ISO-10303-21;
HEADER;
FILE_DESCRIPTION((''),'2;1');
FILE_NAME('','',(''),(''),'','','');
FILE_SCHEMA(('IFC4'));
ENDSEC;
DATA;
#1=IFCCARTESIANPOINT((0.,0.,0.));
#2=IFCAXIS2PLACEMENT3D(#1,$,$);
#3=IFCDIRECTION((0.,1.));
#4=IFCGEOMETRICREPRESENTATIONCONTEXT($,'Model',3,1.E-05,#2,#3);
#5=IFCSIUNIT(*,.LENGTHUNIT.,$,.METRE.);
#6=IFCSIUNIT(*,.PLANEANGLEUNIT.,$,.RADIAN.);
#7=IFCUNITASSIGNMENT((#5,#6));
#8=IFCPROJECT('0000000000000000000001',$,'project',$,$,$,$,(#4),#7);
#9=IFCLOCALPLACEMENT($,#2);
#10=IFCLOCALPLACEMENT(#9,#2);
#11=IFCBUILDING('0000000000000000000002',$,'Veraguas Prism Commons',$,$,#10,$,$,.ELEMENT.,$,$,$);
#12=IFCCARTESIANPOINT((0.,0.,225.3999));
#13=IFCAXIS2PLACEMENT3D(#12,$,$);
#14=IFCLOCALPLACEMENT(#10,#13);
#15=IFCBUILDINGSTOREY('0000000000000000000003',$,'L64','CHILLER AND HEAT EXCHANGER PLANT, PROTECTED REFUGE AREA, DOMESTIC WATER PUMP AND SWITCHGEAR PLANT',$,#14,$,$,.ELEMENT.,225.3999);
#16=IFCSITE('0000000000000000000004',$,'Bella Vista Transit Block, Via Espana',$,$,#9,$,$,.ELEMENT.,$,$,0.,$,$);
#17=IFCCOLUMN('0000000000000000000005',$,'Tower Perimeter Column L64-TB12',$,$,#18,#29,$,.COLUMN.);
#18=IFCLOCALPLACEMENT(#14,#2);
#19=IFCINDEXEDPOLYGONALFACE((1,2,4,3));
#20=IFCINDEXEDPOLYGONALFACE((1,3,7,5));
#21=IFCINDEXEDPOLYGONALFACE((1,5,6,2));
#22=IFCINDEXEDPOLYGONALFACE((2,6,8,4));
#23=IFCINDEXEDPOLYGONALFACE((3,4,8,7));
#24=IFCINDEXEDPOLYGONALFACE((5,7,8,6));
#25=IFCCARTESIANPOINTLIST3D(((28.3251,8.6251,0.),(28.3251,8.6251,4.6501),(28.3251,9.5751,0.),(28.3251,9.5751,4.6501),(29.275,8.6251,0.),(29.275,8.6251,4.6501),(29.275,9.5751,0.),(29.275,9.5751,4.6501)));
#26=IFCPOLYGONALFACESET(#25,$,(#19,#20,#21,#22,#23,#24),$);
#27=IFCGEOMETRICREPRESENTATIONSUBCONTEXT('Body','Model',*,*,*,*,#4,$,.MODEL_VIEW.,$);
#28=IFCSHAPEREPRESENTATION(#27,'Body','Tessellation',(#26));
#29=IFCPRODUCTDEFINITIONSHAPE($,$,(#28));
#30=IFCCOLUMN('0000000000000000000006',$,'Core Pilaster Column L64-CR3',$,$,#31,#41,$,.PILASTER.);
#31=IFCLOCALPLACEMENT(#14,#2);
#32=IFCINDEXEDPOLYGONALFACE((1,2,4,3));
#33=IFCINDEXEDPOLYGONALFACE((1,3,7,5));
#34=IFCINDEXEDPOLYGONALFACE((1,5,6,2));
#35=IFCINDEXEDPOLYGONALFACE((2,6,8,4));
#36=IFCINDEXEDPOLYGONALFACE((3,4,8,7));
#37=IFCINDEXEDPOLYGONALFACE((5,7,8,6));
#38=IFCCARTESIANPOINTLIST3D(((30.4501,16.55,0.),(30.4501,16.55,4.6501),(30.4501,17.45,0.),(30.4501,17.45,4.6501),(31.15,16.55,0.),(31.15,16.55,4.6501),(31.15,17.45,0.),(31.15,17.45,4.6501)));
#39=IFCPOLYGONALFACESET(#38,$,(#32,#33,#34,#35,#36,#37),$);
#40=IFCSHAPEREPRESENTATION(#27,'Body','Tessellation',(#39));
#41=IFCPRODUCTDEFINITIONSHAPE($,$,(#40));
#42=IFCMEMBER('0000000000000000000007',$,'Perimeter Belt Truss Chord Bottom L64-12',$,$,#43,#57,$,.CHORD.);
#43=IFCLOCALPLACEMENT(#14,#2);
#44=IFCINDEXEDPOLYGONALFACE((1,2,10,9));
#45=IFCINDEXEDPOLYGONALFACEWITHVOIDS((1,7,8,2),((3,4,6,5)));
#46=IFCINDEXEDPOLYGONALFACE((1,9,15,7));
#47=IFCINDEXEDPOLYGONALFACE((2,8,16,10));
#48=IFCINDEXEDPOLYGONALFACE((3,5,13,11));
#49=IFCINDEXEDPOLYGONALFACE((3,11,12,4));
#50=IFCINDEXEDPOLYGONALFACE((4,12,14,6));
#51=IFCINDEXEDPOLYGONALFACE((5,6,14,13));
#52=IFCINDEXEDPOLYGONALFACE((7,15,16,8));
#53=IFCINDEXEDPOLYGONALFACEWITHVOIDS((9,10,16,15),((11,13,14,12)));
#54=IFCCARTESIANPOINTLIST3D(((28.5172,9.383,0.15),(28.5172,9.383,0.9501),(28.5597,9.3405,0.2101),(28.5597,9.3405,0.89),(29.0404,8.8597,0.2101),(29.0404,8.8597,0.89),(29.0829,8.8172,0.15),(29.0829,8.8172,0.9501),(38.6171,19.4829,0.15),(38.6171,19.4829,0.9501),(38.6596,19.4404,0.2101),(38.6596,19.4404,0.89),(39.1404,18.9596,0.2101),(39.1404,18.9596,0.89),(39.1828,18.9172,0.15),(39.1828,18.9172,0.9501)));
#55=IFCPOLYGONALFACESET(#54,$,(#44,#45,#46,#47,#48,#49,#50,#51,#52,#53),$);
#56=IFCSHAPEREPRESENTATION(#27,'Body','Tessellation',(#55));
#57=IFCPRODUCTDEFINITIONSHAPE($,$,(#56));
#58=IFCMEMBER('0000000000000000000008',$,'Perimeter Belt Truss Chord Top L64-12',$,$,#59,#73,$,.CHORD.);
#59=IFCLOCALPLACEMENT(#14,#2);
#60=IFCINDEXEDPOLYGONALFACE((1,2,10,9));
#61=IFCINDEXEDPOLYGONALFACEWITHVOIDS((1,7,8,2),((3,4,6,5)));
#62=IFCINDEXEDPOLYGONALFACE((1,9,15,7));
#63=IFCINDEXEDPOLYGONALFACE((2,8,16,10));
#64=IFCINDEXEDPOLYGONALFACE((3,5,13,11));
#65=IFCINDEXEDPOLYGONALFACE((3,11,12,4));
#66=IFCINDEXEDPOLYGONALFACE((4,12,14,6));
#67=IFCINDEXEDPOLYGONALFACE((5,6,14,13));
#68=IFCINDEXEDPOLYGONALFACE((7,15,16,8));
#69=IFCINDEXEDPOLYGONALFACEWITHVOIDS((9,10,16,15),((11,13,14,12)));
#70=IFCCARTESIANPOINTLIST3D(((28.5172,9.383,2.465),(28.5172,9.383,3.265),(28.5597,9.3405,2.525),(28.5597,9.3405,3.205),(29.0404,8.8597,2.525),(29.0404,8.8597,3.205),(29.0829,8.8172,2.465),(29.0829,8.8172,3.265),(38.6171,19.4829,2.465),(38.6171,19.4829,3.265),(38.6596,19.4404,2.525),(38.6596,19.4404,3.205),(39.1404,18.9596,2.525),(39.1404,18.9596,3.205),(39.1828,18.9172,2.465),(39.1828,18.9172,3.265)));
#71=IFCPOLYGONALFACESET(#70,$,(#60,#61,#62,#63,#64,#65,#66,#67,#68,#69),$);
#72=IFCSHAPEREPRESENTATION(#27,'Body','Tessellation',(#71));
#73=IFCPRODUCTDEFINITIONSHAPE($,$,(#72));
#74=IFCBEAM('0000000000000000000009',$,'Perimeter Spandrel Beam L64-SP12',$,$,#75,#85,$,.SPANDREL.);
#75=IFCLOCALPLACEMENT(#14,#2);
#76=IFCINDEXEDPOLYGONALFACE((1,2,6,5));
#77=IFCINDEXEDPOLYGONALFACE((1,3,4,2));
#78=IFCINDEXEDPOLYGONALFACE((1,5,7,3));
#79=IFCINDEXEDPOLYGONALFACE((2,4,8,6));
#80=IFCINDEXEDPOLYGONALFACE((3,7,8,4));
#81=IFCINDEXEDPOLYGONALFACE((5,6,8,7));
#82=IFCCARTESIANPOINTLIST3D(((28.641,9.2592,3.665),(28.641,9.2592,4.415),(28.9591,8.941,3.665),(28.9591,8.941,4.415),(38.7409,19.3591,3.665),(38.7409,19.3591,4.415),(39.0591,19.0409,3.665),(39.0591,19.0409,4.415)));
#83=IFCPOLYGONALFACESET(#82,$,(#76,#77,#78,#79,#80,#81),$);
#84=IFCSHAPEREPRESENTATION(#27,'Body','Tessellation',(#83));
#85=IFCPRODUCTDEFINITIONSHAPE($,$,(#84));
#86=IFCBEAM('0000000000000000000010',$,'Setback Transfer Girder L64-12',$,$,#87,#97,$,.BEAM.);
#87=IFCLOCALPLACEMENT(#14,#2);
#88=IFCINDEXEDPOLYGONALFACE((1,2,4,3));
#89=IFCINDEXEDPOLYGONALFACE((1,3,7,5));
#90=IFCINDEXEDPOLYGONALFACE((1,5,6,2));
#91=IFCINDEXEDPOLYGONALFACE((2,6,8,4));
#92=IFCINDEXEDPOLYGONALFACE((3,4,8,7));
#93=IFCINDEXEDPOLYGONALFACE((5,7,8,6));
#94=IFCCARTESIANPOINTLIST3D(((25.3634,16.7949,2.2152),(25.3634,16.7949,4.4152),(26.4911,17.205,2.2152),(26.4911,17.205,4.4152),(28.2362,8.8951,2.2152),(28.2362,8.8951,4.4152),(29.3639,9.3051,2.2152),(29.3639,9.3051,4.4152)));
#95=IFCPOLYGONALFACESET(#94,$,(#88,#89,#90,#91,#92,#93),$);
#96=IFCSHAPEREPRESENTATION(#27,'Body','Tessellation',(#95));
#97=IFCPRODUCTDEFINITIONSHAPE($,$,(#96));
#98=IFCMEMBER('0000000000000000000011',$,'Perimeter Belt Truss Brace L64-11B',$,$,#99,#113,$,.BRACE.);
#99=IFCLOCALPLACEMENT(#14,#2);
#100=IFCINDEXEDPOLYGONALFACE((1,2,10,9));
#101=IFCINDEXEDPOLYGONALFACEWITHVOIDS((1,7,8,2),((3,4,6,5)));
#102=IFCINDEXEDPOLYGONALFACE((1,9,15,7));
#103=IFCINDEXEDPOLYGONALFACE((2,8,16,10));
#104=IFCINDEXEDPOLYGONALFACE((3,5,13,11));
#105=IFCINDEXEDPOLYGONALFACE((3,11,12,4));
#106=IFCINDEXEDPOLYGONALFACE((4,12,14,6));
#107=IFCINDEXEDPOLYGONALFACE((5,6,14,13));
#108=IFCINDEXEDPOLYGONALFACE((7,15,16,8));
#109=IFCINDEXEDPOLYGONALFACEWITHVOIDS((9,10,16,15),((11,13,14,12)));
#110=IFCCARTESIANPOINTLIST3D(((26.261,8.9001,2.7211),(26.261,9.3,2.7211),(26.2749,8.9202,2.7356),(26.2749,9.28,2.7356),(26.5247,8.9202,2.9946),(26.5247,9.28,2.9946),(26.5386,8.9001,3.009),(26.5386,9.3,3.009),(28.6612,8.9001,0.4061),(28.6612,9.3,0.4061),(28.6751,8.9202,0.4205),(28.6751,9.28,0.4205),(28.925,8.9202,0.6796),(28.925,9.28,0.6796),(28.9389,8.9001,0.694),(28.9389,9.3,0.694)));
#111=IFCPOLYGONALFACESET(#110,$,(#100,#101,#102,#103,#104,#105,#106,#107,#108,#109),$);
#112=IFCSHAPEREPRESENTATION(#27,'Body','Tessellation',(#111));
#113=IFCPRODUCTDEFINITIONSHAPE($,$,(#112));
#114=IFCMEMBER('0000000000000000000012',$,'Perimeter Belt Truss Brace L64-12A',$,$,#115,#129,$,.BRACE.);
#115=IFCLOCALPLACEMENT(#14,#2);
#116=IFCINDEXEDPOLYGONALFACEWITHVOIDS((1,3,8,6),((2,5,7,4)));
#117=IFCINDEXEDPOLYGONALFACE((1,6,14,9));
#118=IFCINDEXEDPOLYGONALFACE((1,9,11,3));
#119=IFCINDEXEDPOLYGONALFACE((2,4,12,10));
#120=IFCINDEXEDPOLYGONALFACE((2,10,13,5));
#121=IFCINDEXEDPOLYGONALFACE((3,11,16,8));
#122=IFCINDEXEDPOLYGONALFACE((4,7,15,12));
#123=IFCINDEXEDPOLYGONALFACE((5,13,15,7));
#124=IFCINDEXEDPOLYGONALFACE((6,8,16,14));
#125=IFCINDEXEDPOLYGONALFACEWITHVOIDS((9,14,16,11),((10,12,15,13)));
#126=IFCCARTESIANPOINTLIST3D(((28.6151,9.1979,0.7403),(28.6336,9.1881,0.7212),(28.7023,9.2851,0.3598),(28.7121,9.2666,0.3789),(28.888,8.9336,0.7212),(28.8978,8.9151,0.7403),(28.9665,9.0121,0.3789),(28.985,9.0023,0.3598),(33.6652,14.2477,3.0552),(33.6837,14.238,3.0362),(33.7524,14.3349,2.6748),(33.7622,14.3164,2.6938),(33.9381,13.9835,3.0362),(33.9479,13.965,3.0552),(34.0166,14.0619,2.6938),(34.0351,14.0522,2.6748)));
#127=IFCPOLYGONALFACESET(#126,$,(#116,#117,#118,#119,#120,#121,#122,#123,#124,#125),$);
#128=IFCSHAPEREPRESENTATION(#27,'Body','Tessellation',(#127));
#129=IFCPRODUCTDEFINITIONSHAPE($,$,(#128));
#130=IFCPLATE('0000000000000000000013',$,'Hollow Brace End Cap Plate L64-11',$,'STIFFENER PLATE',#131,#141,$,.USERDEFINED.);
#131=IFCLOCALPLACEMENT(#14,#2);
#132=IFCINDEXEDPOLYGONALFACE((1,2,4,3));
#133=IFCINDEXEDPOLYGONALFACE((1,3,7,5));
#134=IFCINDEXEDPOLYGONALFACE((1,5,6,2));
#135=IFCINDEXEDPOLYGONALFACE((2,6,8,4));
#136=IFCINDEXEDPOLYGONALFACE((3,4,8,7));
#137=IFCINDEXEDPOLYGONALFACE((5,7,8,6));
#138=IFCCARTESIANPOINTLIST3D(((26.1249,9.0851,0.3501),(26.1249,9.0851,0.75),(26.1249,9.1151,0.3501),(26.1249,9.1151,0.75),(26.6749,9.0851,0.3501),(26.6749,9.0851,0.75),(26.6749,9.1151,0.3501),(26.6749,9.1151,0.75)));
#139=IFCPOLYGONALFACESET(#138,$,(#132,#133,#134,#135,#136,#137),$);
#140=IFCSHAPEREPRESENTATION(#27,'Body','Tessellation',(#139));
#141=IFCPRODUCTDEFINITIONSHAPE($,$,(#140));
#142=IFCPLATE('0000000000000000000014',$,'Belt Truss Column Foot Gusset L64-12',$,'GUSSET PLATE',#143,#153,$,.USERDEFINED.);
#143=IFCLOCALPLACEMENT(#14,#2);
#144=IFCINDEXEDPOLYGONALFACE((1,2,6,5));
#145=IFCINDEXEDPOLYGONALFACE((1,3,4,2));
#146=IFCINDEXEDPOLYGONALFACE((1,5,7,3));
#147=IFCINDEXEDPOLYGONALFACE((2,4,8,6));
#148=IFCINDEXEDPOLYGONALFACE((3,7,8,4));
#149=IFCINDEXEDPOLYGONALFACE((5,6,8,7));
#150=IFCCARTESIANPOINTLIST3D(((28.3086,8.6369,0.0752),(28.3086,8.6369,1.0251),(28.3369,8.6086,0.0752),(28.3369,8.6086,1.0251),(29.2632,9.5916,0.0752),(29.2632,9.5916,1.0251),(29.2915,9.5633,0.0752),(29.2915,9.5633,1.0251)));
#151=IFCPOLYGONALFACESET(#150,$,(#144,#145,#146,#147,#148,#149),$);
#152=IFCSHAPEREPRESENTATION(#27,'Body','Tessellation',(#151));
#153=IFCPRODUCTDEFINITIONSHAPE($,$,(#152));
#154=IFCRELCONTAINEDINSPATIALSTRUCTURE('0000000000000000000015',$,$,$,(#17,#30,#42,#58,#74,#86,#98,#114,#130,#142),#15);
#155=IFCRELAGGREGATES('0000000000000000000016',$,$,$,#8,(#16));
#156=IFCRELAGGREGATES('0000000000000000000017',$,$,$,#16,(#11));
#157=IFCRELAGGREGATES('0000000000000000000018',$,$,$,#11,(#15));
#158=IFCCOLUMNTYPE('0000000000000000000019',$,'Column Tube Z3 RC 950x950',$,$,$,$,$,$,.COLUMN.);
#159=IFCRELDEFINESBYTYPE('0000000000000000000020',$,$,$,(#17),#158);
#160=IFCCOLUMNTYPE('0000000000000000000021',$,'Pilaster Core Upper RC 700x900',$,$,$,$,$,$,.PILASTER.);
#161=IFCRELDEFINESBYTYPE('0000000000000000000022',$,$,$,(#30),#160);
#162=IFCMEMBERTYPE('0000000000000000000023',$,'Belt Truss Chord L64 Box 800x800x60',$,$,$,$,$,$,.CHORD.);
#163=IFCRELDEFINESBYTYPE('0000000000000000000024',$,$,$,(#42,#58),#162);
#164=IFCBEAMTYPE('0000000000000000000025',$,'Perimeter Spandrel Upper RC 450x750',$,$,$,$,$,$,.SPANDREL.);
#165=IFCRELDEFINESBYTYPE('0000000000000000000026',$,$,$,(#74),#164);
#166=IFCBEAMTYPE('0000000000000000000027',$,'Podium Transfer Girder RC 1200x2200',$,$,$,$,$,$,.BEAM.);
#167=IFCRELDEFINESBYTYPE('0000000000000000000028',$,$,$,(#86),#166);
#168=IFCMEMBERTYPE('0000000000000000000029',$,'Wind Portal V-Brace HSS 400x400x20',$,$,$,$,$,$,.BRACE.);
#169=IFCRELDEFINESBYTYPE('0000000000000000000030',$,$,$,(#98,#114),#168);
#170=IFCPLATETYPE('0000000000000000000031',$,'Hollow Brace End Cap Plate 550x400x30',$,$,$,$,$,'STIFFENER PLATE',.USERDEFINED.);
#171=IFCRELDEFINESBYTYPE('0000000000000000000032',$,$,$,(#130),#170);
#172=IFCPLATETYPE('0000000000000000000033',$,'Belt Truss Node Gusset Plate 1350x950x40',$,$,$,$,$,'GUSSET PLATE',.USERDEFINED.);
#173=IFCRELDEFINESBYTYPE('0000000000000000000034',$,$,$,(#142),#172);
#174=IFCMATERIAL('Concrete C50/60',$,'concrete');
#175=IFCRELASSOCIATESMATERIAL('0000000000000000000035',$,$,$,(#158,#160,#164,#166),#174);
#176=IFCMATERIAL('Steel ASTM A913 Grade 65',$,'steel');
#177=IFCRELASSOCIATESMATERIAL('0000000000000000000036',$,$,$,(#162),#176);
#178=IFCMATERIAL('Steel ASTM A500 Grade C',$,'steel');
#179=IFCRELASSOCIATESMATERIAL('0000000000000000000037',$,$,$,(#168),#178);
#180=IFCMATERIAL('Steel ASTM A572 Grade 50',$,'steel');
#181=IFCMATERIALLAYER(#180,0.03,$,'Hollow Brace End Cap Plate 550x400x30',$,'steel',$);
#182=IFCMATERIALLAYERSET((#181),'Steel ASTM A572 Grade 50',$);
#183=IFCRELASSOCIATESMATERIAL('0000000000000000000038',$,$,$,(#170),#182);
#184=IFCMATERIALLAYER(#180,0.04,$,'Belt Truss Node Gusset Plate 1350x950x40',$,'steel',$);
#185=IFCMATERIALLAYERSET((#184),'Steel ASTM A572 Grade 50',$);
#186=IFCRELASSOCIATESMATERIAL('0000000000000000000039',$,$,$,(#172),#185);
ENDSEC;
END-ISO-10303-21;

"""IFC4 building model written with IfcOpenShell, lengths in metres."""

from ifc_helpers import new_model, si_unit, direction, frame, origin, origin_2d, place, context, subcontext, project, spatial, rectangle, hollow_rectangle, extrude, source, transform, mapped, material, layer, layer_set, material_profile, profile_set, type_object, element, save


model = new_model("IFC4")

# Units and contexts
model_context = context("Model", 3, precision=1e-05, world=origin(), true_north=direction((0.0, 1.0)))
body_context = subcontext(model_context, "Body", "Model", "MODEL_VIEW")
ifc_project = project(units=[si_unit("LENGTHUNIT", "METRE"), si_unit("PLANEANGLEUNIT", "RADIAN")], contexts=[model_context])

# Site, building, storey
site_placement = place(None, origin())
site = spatial("IfcSite", under=ifc_project, at=site_placement, Name="Bella Vista Transit Block, Via Espana", CompositionType="ELEMENT", RefElevation=0.0)
building_placement = place(site_placement, origin())
building = spatial("IfcBuilding", under=site, at=building_placement, Name="Veraguas Prism Commons", CompositionType="ELEMENT")
storey_placement = place(building_placement, frame((0.0, 0.0, 225.3999)))
storey = spatial("IfcBuildingStorey", under=building, at=storey_placement, Name="L64", Description="CHILLER AND HEAT EXCHANGER PLANT, PROTECTED REFUGE AREA, DOMESTIC WATER PUMP AND SWITCHGEAR PLANT", CompositionType="ELEMENT", Elevation=225.3999)

# Columns
ifc_material_1 = material(Name="Concrete C50/60", Category="concrete")
ifc_material_profile_1 = material_profile(ifc_material_1, rectangle(XDim=0.95, YDim=0.95, at=origin_2d()), Name="RC950X950")
ifc_profile_set_1 = profile_set([ifc_material_profile_1], Name="Concrete C50/60")
column_type_1 = type_object("IfcColumnType", Name="Column Tube Z3 RC 950x950", PredefinedType="COLUMN", material=ifc_profile_set_1)
column_1_placement = place(storey_placement, frame((28.8, 9.1001, 0.0), z_axis=(0.0, 0.0, 1.0), x_axis=(1.0, 0.0, 0.0)))
element("IfcColumn", 1, at=column_1_placement, inside=storey, type_object=column_type_1, Name="Tower Perimeter Column L64-TB12", PredefinedType="COLUMN", context=body_context, shape_type="SweptSolid", body=[
    extrude(rectangle(XDim=0.95, YDim=0.95, at=origin_2d()), origin(), (0.0, 0.0, 1.0), 4.6501),
])
ifc_material_profile_2 = material_profile(ifc_material_1, rectangle(XDim=0.7, YDim=0.8999, at=origin_2d()), Name="RC700X900")
ifc_profile_set_2 = profile_set([ifc_material_profile_2], Name="Concrete C50/60")
column_type_2 = type_object("IfcColumnType", Name="Pilaster Core Upper RC 700x900", PredefinedType="PILASTER", material=ifc_profile_set_2)
column_2_placement = place(storey_placement, frame((30.8, 17.0, 0.0), z_axis=(0.0, 0.0, 1.0), x_axis=(1.0, 0.0, 0.0)))
element("IfcColumn", 2, at=column_2_placement, inside=storey, type_object=column_type_2, Name="Core Pilaster Column L64-CR3", PredefinedType="PILASTER", context=body_context, shape_type="SweptSolid", body=[
    extrude(rectangle(XDim=0.7, YDim=0.8999, at=origin_2d()), origin(), (0.0, 0.0, 1.0), 4.6501),
])

# Members
ifc_material_2 = material(Name="Steel ASTM A913 Grade 65", Category="steel")
ifc_material_profile_3 = material_profile(ifc_material_2, hollow_rectangle(XDim=0.8, YDim=0.8, WallThickness=0.0601, at=origin_2d()), Name="BOX800X800X60")
ifc_profile_set_3 = profile_set([ifc_material_profile_3], Name="Steel ASTM A913 Grade 65")
member_type_1 = type_object("IfcMemberType", Name="Belt Truss Chord L64 Box 800x800x60", PredefinedType="CHORD", material=ifc_profile_set_3)
for number, where, z_axis, x_axis, name in (
    (3, (28.8, 9.1001, 0.55), (0.707107, 0.707107, 0.0), (-0.707107, 0.707107, 0.0), "Perimeter Belt Truss Chord Bottom L64-12"),
    (4, (28.8, 9.1001, 2.865), (0.707107, 0.707107, 0.0), (-0.707107, 0.707107, 0.0), "Perimeter Belt Truss Chord Top L64-12"),
):
    element("IfcMember", number, at=place(storey_placement, frame(where, z_axis=z_axis, x_axis=x_axis)), inside=storey, type_object=member_type_1, Name=name, PredefinedType="CHORD", context=body_context, shape_type="SweptSolid", body=[
        extrude(hollow_rectangle(XDim=0.8, YDim=0.8, WallThickness=0.0601, at=origin_2d()), origin(), (0.0, 0.0, 1.0), 14.2834),
    ])

# Beams
ifc_material_profile_4 = material_profile(ifc_material_1, rectangle(XDim=0.45, YDim=0.75, at=origin_2d()), Name="RC450X750")
ifc_profile_set_4 = profile_set([ifc_material_profile_4], Name="Concrete C50/60")
beam_type_1 = type_object("IfcBeamType", Name="Perimeter Spandrel Upper RC 450x750", PredefinedType="SPANDREL", material=ifc_profile_set_4)
beam_1_placement = place(storey_placement, frame((28.8, 9.1001, 4.04), z_axis=(0.707107, 0.707107, 0.0), x_axis=(-0.707107, 0.707107, 0.0)))
element("IfcBeam", 5, at=beam_1_placement, inside=storey, type_object=beam_type_1, Name="Perimeter Spandrel Beam L64-SP12", PredefinedType="SPANDREL", context=body_context, shape_type="SweptSolid", body=[
    extrude(rectangle(XDim=0.45, YDim=0.75, at=origin_2d()), origin(), (0.0, 0.0, 1.0), 14.2834),
])
ifc_material_profile_5 = material_profile(ifc_material_1, rectangle(XDim=1.2, YDim=2.2, at=origin_2d()), Name="RC1200X2200")
ifc_profile_set_5 = profile_set([ifc_material_profile_5], Name="Concrete C50/60")
beam_type_2 = type_object("IfcBeamType", Name="Podium Transfer Girder RC 1200x2200", PredefinedType="BEAM", material=ifc_profile_set_5)
beam_2_placement = place(storey_placement, frame((28.8, 9.1001, 3.3152), z_axis=(-0.341755, 0.939789, 0.0), x_axis=(-0.939789, -0.341755, 0.0)))
element("IfcBeam", 6, at=beam_2_placement, inside=storey, type_object=beam_type_2, Name="Setback Transfer Girder L64-12", PredefinedType="BEAM", context=body_context, shape_type="SweptSolid", body=[
    extrude(rectangle(XDim=1.2, YDim=2.2, at=origin_2d()), origin(), (0.0, 0.0, 1.0), 8.406),
])

# Members
ifc_material_3 = material(Name="Steel ASTM A500 Grade C", Category="steel")
ifc_material_profile_6 = material_profile(ifc_material_3, hollow_rectangle(XDim=0.3999, YDim=0.3999, WallThickness=0.02, at=origin_2d()), Name="HSS400X400X20")
ifc_profile_set_6 = profile_set([ifc_material_profile_6], Name="Steel ASTM A500 Grade C")
member_type_2 = type_object("IfcMemberType", Name="Wind Portal V-Brace HSS 400x400x20", PredefinedType="BRACE", material=ifc_profile_set_6)
member_1_placement = place(storey_placement, frame((28.8, 9.1001, 0.55), z_axis=(-0.719767, 0.0, 0.694216), x_axis=(0.0, -1.0, 0.0)))
element("IfcMember", 7, at=member_1_placement, inside=storey, type_object=member_type_2, Name="Perimeter Belt Truss Brace L64-11B", PredefinedType="BRACE", context=body_context, shape_type="SweptSolid", body=[
    extrude(hollow_rectangle(XDim=0.3999, YDim=0.3999, WallThickness=0.02, at=origin_2d()), origin(), (0.0, 0.0, 1.0), 3.3347),
])
member_2_placement = place(storey_placement, frame((28.8, 9.1001, 0.55), z_axis=(0.672668, 0.672635, 0.308351), x_axis=(-0.70709, 0.707124, 0.0)))
element("IfcMember", 8, at=member_2_placement, inside=storey, type_object=member_type_2, Name="Perimeter Belt Truss Brace L64-12A", PredefinedType="BRACE", context=body_context, shape_type="SweptSolid", body=[
    extrude(hollow_rectangle(XDim=0.3999, YDim=0.3999, WallThickness=0.02, at=origin_2d()), origin(), (0.0, 0.0, 1.0), 7.5076),
])

# Plates
ifc_material_4 = material(Name="Steel ASTM A572 Grade 50", Category="steel")
ifc_layer_1 = layer(ifc_material_4, 0.03, Name="Hollow Brace End Cap Plate 550x400x30", Category="steel")
ifc_layer_set_1 = layer_set([ifc_layer_1], Name="Steel ASTM A572 Grade 50")
plate_type_1 = type_object("IfcPlateType", Name="Hollow Brace End Cap Plate 550x400x30", ElementType="STIFFENER PLATE", PredefinedType="USERDEFINED", material=ifc_layer_set_1)
shared_shape_1 = source(origin(), body_context, "Body", "SweptSolid", [
    extrude(rectangle(XDim=0.55, YDim=0.03, at=origin_2d()), origin(), (0.0, 0.0, 1.0), 0.3999),
])
plate_1_placement = place(storey_placement, frame((26.3999, 9.1001, 0.3501), z_axis=(0.0, 0.0, 1.0), x_axis=(1.0, 0.0, 0.0)))
element("IfcPlate", 9, at=plate_1_placement, inside=storey, type_object=plate_type_1, Name="Hollow Brace End Cap Plate L64-11", ObjectType="STIFFENER PLATE", PredefinedType="USERDEFINED", context=body_context, shape_type="MappedRepresentation", body=[
    mapped(shared_shape_1, transform((0.0, 0.0, 0.0), scale=1.0)),
])
ifc_layer_2 = layer(ifc_material_4, 0.04, Name="Belt Truss Node Gusset Plate 1350x950x40", Category="steel")
ifc_layer_set_2 = layer_set([ifc_layer_2], Name="Steel ASTM A572 Grade 50")
plate_type_2 = type_object("IfcPlateType", Name="Belt Truss Node Gusset Plate 1350x950x40", ElementType="GUSSET PLATE", PredefinedType="USERDEFINED", material=ifc_layer_set_2)
shared_shape_2 = source(origin(), body_context, "Body", "SweptSolid", [
    extrude(rectangle(XDim=1.3501, YDim=0.04, at=origin_2d()), origin(), (0.0, 0.0, 1.0), 0.95),
])
plate_2_placement = place(storey_placement, frame((28.8, 9.1001, 0.0752), z_axis=(0.0, 0.0, 1.0), x_axis=(0.707107, 0.707107, 0.0)))
element("IfcPlate", 10, at=plate_2_placement, inside=storey, type_object=plate_type_2, Name="Belt Truss Column Foot Gusset L64-12", ObjectType="GUSSET PLATE", PredefinedType="USERDEFINED", context=body_context, shape_type="MappedRepresentation", body=[
    mapped(shared_shape_2, transform((0.0, 0.0, 0.0), scale=1.0)),
])

save(model, "model.ifc")
